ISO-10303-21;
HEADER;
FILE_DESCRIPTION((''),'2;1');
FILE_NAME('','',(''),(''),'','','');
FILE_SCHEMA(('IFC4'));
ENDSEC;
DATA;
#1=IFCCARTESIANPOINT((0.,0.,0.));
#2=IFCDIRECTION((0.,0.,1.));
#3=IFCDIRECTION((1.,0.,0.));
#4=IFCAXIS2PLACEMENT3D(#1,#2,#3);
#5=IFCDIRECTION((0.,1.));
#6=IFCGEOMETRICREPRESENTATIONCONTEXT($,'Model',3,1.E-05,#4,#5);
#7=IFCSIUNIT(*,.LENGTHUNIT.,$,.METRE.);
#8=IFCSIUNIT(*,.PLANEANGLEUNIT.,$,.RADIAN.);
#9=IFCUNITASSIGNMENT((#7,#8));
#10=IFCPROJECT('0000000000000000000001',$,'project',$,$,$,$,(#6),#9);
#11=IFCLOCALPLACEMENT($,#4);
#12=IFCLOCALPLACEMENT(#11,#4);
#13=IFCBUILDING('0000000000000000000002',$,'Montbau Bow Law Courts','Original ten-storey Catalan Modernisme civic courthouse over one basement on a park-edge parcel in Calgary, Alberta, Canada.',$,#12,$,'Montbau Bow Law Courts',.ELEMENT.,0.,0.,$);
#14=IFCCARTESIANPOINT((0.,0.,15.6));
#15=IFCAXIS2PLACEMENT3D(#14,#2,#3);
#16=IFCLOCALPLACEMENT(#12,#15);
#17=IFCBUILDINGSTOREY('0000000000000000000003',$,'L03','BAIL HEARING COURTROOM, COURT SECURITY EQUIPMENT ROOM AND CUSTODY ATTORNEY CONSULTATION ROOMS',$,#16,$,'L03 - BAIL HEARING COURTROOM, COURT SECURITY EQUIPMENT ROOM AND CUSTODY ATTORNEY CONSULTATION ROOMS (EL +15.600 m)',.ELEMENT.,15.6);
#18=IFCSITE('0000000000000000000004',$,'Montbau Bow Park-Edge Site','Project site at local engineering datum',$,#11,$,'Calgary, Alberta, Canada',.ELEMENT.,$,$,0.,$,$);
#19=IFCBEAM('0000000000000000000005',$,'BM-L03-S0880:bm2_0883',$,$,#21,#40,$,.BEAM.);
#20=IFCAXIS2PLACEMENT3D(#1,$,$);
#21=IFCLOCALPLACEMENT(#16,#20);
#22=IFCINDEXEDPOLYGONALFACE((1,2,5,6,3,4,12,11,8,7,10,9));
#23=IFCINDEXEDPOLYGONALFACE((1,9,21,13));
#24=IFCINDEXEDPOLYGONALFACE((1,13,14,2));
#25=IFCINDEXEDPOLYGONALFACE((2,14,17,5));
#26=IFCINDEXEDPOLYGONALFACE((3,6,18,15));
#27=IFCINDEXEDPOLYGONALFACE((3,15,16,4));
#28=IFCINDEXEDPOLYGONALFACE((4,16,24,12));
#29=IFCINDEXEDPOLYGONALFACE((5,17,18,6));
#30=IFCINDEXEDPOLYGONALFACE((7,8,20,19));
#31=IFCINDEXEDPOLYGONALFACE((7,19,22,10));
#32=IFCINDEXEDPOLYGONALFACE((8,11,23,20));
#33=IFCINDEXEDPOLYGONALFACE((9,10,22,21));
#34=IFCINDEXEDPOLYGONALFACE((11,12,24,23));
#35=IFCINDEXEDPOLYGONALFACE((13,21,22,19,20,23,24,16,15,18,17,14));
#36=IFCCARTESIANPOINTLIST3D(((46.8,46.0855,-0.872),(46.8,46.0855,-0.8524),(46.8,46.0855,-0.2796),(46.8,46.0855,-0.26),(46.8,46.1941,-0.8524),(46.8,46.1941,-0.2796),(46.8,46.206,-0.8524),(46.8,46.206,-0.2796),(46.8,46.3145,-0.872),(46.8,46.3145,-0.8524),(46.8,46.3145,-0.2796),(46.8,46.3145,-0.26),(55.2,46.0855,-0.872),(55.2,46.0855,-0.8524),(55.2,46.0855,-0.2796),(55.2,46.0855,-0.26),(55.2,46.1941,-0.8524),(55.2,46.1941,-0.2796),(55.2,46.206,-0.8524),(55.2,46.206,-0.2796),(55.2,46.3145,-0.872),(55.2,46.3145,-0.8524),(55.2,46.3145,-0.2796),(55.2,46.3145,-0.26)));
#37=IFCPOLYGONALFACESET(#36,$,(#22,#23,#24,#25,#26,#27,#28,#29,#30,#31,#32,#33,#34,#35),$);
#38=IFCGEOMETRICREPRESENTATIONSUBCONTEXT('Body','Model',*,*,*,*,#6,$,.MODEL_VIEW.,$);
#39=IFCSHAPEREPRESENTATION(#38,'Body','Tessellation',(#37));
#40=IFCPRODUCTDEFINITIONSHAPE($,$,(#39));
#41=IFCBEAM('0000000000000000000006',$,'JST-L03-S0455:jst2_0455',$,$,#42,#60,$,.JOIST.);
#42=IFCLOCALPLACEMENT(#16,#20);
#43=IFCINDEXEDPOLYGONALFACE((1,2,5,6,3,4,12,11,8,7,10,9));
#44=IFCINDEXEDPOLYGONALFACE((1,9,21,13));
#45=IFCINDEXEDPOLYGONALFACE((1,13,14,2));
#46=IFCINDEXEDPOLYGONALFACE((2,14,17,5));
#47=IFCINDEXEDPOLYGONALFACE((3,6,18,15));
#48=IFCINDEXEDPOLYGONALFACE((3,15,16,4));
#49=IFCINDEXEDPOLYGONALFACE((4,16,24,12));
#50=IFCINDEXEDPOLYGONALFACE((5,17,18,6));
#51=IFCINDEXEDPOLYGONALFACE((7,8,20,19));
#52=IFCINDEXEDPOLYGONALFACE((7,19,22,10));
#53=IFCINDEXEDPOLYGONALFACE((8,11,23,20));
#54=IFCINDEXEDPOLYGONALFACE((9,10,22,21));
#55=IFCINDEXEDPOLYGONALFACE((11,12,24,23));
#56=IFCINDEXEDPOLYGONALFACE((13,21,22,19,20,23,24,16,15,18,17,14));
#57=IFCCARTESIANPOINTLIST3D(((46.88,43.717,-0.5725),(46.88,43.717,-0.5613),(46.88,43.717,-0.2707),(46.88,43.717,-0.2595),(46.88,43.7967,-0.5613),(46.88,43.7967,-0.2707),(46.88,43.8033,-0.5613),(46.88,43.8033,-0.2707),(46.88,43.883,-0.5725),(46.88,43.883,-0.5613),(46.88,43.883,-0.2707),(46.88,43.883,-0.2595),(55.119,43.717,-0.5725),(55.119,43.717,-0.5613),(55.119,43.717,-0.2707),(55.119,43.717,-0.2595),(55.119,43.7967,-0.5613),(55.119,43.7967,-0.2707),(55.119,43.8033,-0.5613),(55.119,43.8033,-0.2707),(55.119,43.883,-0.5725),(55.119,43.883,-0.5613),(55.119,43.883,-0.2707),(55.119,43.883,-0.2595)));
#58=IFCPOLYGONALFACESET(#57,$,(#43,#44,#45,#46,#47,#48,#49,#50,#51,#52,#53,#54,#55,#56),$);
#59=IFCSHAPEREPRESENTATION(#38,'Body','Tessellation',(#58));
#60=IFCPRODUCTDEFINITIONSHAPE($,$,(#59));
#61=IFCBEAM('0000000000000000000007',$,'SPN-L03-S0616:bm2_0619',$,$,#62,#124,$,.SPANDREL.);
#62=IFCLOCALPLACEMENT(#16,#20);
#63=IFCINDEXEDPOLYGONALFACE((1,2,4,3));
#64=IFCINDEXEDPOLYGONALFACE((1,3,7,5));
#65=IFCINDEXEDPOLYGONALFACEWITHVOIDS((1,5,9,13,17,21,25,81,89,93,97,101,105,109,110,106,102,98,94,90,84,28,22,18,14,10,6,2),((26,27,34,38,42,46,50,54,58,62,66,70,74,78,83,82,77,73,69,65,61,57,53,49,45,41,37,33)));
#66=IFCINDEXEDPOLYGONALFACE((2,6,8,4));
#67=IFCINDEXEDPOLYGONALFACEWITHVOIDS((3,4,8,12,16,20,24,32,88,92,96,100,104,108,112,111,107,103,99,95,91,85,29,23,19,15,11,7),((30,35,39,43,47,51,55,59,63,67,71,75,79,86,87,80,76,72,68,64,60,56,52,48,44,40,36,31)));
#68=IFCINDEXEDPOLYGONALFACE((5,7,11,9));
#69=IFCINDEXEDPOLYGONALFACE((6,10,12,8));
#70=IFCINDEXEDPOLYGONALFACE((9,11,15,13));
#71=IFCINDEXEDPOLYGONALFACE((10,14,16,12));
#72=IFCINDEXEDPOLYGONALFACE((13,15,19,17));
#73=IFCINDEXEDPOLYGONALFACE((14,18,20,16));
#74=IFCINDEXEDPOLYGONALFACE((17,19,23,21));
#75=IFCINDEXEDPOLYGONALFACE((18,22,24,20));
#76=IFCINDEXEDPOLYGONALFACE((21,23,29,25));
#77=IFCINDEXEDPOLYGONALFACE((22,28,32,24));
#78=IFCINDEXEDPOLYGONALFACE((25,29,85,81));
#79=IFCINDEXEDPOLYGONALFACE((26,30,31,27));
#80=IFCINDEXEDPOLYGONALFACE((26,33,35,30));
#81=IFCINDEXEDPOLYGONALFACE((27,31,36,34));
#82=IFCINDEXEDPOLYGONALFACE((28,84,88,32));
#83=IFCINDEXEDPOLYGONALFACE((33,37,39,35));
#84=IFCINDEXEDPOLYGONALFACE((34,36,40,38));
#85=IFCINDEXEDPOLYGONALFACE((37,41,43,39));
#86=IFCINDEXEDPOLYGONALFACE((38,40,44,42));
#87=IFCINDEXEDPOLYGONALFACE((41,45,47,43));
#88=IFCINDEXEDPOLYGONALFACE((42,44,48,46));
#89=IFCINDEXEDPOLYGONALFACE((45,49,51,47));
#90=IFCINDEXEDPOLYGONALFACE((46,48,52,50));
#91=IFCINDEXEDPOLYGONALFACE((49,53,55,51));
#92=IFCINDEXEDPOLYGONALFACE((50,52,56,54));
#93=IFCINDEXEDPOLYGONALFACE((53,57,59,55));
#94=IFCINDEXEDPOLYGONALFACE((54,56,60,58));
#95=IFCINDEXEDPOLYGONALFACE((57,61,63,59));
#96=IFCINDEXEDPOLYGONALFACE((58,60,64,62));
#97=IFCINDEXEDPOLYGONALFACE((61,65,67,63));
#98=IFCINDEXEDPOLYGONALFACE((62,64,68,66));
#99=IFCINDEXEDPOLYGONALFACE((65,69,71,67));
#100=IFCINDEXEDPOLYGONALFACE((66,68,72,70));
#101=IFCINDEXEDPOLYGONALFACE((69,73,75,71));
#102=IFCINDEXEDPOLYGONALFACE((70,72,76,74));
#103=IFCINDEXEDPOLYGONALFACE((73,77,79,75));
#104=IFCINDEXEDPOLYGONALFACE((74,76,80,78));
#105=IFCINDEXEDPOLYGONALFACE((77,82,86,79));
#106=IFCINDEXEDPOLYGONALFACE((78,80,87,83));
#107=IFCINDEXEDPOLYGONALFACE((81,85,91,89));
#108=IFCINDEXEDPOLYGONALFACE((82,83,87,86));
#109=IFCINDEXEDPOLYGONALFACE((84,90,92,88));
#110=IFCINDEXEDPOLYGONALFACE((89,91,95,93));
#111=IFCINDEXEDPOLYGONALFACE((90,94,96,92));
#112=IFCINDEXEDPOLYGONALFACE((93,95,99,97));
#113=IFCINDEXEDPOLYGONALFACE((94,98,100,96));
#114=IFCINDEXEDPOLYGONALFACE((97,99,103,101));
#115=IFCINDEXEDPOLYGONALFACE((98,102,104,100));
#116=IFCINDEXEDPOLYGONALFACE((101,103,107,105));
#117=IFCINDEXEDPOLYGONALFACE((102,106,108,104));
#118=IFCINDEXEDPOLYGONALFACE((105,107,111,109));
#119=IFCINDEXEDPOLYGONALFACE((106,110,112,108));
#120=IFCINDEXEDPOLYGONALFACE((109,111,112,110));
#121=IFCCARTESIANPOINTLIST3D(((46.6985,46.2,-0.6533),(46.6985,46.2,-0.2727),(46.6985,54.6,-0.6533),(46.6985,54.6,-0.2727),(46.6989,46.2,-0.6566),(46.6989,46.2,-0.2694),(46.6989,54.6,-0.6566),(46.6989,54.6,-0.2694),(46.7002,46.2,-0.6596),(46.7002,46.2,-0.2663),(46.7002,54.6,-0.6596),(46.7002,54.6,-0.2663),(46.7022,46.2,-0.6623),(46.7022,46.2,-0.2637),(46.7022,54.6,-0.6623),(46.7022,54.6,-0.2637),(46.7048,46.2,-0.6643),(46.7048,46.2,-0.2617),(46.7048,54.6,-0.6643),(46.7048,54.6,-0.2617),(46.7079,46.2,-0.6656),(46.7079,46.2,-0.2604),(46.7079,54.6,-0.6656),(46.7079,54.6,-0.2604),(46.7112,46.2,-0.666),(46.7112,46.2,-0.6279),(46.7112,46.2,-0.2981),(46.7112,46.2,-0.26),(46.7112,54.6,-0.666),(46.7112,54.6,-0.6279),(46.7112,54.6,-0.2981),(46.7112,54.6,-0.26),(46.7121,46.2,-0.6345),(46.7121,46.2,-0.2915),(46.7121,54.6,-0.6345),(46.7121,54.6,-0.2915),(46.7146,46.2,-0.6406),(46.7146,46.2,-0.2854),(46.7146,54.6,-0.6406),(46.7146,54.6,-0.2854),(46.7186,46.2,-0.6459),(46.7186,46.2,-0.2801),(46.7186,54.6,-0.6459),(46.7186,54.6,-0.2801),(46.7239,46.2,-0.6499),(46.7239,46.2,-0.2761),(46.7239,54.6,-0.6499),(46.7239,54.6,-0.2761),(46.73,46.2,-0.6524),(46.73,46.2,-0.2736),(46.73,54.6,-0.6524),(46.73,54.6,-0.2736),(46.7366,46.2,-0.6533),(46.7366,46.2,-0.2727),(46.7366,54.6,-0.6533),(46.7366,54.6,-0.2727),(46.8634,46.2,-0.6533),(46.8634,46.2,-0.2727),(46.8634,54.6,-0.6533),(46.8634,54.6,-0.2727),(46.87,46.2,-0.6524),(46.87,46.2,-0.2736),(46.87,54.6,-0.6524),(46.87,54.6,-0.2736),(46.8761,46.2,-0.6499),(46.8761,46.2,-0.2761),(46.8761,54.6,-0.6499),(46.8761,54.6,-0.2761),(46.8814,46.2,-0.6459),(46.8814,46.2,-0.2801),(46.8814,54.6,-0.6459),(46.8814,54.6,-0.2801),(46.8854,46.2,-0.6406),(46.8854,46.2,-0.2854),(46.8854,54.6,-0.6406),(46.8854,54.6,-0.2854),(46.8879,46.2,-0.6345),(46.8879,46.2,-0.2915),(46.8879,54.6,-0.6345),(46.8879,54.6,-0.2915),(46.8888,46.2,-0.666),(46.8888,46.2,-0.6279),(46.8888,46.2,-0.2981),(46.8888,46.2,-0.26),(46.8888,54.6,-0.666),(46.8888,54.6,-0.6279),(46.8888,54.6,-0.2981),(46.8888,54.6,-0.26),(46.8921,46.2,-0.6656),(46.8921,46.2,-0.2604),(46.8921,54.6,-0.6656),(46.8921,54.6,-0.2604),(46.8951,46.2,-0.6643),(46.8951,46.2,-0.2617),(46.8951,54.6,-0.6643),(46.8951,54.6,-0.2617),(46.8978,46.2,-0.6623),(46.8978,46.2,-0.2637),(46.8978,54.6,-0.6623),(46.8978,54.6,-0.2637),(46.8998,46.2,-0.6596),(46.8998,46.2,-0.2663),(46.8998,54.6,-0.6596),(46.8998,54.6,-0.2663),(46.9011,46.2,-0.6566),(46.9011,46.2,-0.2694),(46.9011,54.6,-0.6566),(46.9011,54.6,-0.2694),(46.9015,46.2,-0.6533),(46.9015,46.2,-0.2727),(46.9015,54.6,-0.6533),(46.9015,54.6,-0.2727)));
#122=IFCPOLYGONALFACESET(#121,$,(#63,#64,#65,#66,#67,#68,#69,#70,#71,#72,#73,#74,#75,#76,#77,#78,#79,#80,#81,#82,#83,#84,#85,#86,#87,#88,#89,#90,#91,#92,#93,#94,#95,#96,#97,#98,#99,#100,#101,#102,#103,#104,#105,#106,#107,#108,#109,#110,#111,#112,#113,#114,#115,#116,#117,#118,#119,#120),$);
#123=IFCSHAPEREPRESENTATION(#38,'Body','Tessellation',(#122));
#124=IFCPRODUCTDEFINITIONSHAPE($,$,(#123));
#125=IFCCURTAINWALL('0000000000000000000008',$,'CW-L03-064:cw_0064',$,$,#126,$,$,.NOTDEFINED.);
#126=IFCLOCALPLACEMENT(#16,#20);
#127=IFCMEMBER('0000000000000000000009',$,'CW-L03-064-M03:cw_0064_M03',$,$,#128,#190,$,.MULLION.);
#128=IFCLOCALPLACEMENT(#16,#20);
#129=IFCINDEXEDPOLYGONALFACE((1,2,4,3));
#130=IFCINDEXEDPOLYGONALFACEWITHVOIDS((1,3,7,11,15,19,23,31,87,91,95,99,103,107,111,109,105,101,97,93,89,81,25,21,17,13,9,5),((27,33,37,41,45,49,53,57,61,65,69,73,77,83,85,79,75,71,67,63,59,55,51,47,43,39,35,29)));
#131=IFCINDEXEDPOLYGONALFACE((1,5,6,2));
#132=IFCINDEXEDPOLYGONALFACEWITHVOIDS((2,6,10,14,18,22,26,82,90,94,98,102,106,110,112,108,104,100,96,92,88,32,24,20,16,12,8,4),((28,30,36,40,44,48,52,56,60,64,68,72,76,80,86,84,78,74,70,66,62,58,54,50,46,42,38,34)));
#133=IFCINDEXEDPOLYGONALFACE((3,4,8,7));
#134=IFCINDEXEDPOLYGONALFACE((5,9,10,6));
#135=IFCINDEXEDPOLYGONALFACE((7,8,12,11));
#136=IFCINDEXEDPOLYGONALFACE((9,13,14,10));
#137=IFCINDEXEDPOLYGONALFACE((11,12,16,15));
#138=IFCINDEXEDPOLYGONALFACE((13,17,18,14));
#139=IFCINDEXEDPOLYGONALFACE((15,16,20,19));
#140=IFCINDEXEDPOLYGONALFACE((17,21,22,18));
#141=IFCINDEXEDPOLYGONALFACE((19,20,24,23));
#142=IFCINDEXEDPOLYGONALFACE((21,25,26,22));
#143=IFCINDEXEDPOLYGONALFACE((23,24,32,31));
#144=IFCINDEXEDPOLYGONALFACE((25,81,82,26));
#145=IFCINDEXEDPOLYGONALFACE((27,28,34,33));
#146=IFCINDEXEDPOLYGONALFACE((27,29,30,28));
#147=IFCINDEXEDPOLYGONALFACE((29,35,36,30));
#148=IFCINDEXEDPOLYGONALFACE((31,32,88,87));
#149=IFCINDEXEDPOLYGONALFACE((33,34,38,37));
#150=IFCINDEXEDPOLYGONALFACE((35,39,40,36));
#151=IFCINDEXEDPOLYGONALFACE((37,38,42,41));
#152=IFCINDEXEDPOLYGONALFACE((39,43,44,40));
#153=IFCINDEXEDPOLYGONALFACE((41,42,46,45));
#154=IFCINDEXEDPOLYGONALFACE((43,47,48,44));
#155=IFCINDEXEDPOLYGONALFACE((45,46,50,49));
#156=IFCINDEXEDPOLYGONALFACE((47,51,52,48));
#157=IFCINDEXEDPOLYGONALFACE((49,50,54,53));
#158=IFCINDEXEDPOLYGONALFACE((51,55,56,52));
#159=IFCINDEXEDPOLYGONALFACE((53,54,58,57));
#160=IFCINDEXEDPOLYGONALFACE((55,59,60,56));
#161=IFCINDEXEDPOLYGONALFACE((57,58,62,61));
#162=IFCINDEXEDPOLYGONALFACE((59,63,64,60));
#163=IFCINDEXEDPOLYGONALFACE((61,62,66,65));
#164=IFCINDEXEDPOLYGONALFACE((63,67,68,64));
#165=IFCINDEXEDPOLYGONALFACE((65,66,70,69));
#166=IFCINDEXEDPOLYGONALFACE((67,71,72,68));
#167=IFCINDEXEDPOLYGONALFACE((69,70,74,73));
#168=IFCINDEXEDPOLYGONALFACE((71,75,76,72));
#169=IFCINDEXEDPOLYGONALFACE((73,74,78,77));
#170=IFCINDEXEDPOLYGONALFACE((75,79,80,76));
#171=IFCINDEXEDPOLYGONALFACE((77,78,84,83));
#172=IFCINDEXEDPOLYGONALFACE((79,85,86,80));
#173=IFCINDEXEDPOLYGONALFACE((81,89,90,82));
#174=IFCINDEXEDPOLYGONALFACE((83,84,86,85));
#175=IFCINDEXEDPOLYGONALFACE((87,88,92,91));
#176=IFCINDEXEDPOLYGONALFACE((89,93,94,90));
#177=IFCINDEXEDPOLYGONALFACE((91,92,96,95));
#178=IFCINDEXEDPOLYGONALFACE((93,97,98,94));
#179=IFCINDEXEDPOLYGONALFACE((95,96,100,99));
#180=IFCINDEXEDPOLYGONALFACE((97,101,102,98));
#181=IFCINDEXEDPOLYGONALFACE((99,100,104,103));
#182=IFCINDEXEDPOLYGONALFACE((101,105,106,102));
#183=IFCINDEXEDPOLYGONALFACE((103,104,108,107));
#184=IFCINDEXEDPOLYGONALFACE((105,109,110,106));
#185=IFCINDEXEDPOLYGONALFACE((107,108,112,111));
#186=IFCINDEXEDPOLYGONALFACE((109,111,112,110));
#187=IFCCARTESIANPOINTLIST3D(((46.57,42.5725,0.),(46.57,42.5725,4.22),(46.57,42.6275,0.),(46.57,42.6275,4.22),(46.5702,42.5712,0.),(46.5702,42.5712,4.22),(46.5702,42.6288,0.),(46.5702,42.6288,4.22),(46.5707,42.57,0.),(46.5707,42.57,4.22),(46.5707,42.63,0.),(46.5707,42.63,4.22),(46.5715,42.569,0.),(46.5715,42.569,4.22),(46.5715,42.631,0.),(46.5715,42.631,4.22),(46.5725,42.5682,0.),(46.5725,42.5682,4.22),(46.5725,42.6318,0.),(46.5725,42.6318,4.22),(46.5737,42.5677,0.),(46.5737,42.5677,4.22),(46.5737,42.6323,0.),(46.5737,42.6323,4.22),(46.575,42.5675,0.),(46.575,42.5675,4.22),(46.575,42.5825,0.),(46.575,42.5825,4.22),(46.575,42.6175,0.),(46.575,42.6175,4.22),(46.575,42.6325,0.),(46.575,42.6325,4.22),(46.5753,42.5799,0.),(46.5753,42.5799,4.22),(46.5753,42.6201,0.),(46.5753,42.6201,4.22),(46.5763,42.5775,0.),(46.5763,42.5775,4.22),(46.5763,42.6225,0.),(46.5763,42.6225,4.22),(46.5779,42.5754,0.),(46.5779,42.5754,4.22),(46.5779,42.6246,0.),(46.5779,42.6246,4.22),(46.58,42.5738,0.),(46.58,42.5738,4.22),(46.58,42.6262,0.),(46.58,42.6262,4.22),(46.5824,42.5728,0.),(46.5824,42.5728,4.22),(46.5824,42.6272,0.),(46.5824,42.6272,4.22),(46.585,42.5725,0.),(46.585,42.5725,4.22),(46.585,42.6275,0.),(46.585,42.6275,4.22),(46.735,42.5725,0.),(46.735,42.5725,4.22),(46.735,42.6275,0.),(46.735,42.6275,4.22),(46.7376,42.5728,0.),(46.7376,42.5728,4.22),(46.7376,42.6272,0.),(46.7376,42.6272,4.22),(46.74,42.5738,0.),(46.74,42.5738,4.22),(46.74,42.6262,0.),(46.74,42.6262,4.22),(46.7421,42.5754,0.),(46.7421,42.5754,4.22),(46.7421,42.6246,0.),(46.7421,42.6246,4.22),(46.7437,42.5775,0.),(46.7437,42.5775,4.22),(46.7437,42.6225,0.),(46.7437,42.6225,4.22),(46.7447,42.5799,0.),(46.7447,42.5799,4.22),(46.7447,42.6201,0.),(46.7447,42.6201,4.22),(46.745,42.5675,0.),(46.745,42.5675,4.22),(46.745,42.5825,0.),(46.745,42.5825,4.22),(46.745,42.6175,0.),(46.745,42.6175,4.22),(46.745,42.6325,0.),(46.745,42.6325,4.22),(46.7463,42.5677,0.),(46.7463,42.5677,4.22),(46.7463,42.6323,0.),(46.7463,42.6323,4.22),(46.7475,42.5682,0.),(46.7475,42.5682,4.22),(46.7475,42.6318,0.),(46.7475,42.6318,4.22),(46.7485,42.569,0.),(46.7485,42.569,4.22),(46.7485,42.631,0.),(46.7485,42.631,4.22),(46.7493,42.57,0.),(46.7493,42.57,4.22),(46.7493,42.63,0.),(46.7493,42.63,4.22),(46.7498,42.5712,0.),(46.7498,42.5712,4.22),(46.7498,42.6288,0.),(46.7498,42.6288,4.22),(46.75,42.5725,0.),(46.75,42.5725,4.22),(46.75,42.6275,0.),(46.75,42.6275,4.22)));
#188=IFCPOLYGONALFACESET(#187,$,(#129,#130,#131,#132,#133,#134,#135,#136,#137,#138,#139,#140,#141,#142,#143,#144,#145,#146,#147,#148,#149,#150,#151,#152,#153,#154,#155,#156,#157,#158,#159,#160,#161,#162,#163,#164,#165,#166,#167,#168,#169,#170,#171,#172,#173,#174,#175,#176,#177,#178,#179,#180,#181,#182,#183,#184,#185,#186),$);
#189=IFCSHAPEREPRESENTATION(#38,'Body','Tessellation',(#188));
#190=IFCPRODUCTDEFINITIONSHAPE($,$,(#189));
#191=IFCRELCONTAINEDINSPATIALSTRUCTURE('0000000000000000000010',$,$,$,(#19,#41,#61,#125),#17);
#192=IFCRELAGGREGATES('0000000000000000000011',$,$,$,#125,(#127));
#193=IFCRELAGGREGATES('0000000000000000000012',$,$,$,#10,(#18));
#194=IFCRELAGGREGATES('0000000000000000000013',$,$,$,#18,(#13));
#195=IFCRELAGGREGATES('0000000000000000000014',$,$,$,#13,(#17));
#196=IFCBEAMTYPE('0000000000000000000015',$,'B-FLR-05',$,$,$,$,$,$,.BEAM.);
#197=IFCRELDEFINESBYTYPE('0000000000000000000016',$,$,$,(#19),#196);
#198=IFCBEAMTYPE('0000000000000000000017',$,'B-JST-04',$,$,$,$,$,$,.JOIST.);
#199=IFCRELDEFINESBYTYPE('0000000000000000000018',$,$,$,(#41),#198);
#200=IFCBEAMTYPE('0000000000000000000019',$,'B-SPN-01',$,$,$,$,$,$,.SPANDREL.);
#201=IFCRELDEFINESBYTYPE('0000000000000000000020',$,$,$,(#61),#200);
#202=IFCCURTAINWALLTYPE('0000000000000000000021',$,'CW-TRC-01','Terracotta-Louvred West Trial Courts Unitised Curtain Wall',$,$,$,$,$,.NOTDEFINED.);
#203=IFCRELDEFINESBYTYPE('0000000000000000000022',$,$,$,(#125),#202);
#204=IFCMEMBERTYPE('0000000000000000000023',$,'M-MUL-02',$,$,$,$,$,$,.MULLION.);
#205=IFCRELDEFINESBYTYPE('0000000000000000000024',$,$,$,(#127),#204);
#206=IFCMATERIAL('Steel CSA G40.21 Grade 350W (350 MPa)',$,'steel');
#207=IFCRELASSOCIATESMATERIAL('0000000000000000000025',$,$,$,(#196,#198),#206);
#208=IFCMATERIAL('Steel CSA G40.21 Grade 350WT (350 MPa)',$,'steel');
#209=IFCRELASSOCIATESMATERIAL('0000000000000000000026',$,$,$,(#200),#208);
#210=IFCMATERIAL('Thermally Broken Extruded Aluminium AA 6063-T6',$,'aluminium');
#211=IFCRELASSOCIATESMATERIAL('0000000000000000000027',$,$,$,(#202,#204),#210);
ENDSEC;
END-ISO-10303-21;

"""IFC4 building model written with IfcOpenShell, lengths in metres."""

from ifc_helpers import new_model, si_unit, direction, frame, origin_with_axes, origin_2d_with_axis, place, context, subcontext, project, spatial, hollow_rectangle, i_section, extrude, material, material_profile, profile_set, type_object, element, aggregate, save


model = new_model("IFC4")

# Units and contexts
model_context = context("Model", 3, precision=1e-05, world=origin_with_axes(), true_north=direction((0.0, 1.0)))
body_context = subcontext(model_context, "Body", "Model", "MODEL_VIEW")
ifc_project = project(units=[si_unit("LENGTHUNIT", "METRE"), si_unit("PLANEANGLEUNIT", "RADIAN")], contexts=[model_context])

# Site, building, storey
site_placement = place(None, origin_with_axes())
site = spatial("IfcSite", under=ifc_project, at=site_placement, Name="Montbau Bow Park-Edge Site", Description="Project site at local engineering datum", LongName="Calgary, Alberta, Canada", CompositionType="ELEMENT", RefElevation=0.0)
building_placement = place(site_placement, origin_with_axes())
building = spatial("IfcBuilding", under=site, at=building_placement, Name="Montbau Bow Law Courts", Description="Original ten-storey Catalan Modernisme civic courthouse over one basement on a park-edge parcel in Calgary, Alberta, Canada.", LongName="Montbau Bow Law Courts", CompositionType="ELEMENT", ElevationOfRefHeight=0.0, ElevationOfTerrain=0.0)
storey_placement = place(building_placement, frame((0.0, 0.0, 15.6), z_axis=(0.0, 0.0, 1.0), x_axis=(1.0, 0.0, 0.0)))
storey = spatial("IfcBuildingStorey", under=building, at=storey_placement, Name="L03", Description="BAIL HEARING COURTROOM, COURT SECURITY EQUIPMENT ROOM AND CUSTODY ATTORNEY CONSULTATION ROOMS", LongName="L03 - BAIL HEARING COURTROOM, COURT SECURITY EQUIPMENT ROOM AND CUSTODY ATTORNEY CONSULTATION ROOMS (EL +15.600 m)", CompositionType="ELEMENT", Elevation=15.6)

# Beams
ifc_material_1 = material(Name="Steel CSA G40.21 Grade 350W (350 MPa)", Category="steel")
ifc_material_profile_1 = material_profile(ifc_material_1, i_section(OverallWidth=0.229, OverallDepth=0.612, WebThickness=0.0119, FlangeThickness=0.0196, at=origin_2d_with_axis()), Name="W610X125", Category="Main", Priority=0)
ifc_profile_set_1 = profile_set([ifc_material_profile_1], Name="Steel CSA G40.21 Grade 350W (350 MPa)")
beam_type_1 = type_object("IfcBeamType", Name="B-FLR-05", PredefinedType="BEAM", material=ifc_profile_set_1)
beam_1_placement = place(None, frame((46.8, 46.2, 15.034), z_axis=(1.0, 0.0, 0.0), x_axis=(0.0, 1.0, 0.0)))
element("IfcBeam", 1, at=beam_1_placement, inside=storey, type_object=beam_type_1, Name="BM-L03-S0880:bm2_0883", PredefinedType="BEAM", context=body_context, shape_type="SweptSolid", body=[
    extrude(i_section(OverallWidth=0.229, OverallDepth=0.612, WebThickness=0.0119, FlangeThickness=0.0196, at=origin_2d_with_axis()), origin_with_axes(), (0.0, 0.0, 1.0), 8.4),
])
ifc_material_profile_2 = material_profile(ifc_material_1, i_section(OverallWidth=0.166, OverallDepth=0.313, WebThickness=0.0066, FlangeThickness=0.0112, at=origin_2d_with_axis()), Name="W310X45", Category="Main", Priority=0)
ifc_profile_set_2 = profile_set([ifc_material_profile_2], Name="Steel CSA G40.21 Grade 350W (350 MPa)")
beam_type_2 = type_object("IfcBeamType", Name="B-JST-04", PredefinedType="JOIST", material=ifc_profile_set_2)
beam_2_placement = place(None, frame((46.88, 43.8, 15.184), z_axis=(1.0, 0.0, 0.0), x_axis=(0.0, 1.0, 0.0)))
element("IfcBeam", 2, at=beam_2_placement, inside=storey, type_object=beam_type_2, Name="JST-L03-S0455:jst2_0455", PredefinedType="JOIST", context=body_context, shape_type="SweptSolid", body=[
    extrude(i_section(OverallWidth=0.166, OverallDepth=0.313, WebThickness=0.0066, FlangeThickness=0.0112, at=origin_2d_with_axis()), origin_with_axes(), (0.0, 0.0, 1.0), 8.239),
])
ifc_material_2 = material(Name="Steel CSA G40.21 Grade 350WT (350 MPa)", Category="steel")
ifc_material_profile_3 = material_profile(ifc_material_2, hollow_rectangle(XDim=0.203, YDim=0.406, WallThickness=0.0127, InnerFilletRadius=0.0254, OuterFilletRadius=0.0127, at=origin_2d_with_axis()), Name="HSS406X203X13", Category="Main", Priority=0)
ifc_profile_set_3 = profile_set([ifc_material_profile_3], Name="Steel CSA G40.21 Grade 350WT (350 MPa)")
beam_type_3 = type_object("IfcBeamType", Name="B-SPN-01", PredefinedType="SPANDREL", material=ifc_profile_set_3)
beam_3_placement = place(None, frame((46.8, 46.2, 15.137), z_axis=(0.0, 1.0, 0.0), x_axis=(-1.0, 0.0, 0.0)))
element("IfcBeam", 3, at=beam_3_placement, inside=storey, type_object=beam_type_3, Name="SPN-L03-S0616:bm2_0619", PredefinedType="SPANDREL", context=body_context, shape_type="SweptSolid", body=[
    extrude(hollow_rectangle(XDim=0.203, YDim=0.406, WallThickness=0.0127, InnerFilletRadius=0.0254, OuterFilletRadius=0.0127, at=origin_2d_with_axis()), origin_with_axes(), (0.0, 0.0, 1.0), 8.4),
])

# Curtain wall, member
ifc_material_3 = material(Name="Thermally Broken Extruded Aluminium AA 6063-T6", Category="aluminium")
curtain_wall_type_1 = type_object("IfcCurtainWallType", Name="CW-TRC-01", Description="Terracotta-Louvred West Trial Courts Unitised Curtain Wall", PredefinedType="NOTDEFINED", material=ifc_material_3)
curtain_wall_1_placement = place(None, frame((46.66, 39.515, 15.6), z_axis=(0.0, 0.0, 1.0), x_axis=(1.0, 0.0, 0.0)))
curtain_wall_1 = element("IfcCurtainWall", 4, at=curtain_wall_1_placement, inside=storey, type_object=curtain_wall_type_1, Name="CW-L03-064:cw_0064", PredefinedType="NOTDEFINED")
ifc_material_profile_4 = material_profile(ifc_material_3, hollow_rectangle(XDim=0.065, YDim=0.18, WallThickness=0.005, InnerFilletRadius=0.01, OuterFilletRadius=0.005, at=origin_2d_with_axis()), Name="CWM-180X65", Category="Main", Priority=0)
ifc_profile_set_4 = profile_set([ifc_material_profile_4], Name="Thermally Broken Extruded Aluminium AA 6063-T6")
member_type_1 = type_object("IfcMemberType", Name="M-MUL-02", PredefinedType="MULLION", material=ifc_profile_set_4)
member_1_placement = place(None, frame((46.66, 42.6, 15.6), z_axis=(0.0, 0.0, 1.0), x_axis=(0.0, 1.0, 0.0)))
member_1 = element("IfcMember", 5, at=member_1_placement, type_object=member_type_1, Name="CW-L03-064-M03:cw_0064_M03", PredefinedType="MULLION", context=body_context, shape_type="SweptSolid", body=[
    extrude(hollow_rectangle(XDim=0.065, YDim=0.18, WallThickness=0.005, InnerFilletRadius=0.01, OuterFilletRadius=0.005, at=origin_2d_with_axis()), origin_with_axes(), (0.0, 0.0, 1.0), 4.22),
])
aggregate(curtain_wall_1, [member_1])

save(model, "model.ifc")
